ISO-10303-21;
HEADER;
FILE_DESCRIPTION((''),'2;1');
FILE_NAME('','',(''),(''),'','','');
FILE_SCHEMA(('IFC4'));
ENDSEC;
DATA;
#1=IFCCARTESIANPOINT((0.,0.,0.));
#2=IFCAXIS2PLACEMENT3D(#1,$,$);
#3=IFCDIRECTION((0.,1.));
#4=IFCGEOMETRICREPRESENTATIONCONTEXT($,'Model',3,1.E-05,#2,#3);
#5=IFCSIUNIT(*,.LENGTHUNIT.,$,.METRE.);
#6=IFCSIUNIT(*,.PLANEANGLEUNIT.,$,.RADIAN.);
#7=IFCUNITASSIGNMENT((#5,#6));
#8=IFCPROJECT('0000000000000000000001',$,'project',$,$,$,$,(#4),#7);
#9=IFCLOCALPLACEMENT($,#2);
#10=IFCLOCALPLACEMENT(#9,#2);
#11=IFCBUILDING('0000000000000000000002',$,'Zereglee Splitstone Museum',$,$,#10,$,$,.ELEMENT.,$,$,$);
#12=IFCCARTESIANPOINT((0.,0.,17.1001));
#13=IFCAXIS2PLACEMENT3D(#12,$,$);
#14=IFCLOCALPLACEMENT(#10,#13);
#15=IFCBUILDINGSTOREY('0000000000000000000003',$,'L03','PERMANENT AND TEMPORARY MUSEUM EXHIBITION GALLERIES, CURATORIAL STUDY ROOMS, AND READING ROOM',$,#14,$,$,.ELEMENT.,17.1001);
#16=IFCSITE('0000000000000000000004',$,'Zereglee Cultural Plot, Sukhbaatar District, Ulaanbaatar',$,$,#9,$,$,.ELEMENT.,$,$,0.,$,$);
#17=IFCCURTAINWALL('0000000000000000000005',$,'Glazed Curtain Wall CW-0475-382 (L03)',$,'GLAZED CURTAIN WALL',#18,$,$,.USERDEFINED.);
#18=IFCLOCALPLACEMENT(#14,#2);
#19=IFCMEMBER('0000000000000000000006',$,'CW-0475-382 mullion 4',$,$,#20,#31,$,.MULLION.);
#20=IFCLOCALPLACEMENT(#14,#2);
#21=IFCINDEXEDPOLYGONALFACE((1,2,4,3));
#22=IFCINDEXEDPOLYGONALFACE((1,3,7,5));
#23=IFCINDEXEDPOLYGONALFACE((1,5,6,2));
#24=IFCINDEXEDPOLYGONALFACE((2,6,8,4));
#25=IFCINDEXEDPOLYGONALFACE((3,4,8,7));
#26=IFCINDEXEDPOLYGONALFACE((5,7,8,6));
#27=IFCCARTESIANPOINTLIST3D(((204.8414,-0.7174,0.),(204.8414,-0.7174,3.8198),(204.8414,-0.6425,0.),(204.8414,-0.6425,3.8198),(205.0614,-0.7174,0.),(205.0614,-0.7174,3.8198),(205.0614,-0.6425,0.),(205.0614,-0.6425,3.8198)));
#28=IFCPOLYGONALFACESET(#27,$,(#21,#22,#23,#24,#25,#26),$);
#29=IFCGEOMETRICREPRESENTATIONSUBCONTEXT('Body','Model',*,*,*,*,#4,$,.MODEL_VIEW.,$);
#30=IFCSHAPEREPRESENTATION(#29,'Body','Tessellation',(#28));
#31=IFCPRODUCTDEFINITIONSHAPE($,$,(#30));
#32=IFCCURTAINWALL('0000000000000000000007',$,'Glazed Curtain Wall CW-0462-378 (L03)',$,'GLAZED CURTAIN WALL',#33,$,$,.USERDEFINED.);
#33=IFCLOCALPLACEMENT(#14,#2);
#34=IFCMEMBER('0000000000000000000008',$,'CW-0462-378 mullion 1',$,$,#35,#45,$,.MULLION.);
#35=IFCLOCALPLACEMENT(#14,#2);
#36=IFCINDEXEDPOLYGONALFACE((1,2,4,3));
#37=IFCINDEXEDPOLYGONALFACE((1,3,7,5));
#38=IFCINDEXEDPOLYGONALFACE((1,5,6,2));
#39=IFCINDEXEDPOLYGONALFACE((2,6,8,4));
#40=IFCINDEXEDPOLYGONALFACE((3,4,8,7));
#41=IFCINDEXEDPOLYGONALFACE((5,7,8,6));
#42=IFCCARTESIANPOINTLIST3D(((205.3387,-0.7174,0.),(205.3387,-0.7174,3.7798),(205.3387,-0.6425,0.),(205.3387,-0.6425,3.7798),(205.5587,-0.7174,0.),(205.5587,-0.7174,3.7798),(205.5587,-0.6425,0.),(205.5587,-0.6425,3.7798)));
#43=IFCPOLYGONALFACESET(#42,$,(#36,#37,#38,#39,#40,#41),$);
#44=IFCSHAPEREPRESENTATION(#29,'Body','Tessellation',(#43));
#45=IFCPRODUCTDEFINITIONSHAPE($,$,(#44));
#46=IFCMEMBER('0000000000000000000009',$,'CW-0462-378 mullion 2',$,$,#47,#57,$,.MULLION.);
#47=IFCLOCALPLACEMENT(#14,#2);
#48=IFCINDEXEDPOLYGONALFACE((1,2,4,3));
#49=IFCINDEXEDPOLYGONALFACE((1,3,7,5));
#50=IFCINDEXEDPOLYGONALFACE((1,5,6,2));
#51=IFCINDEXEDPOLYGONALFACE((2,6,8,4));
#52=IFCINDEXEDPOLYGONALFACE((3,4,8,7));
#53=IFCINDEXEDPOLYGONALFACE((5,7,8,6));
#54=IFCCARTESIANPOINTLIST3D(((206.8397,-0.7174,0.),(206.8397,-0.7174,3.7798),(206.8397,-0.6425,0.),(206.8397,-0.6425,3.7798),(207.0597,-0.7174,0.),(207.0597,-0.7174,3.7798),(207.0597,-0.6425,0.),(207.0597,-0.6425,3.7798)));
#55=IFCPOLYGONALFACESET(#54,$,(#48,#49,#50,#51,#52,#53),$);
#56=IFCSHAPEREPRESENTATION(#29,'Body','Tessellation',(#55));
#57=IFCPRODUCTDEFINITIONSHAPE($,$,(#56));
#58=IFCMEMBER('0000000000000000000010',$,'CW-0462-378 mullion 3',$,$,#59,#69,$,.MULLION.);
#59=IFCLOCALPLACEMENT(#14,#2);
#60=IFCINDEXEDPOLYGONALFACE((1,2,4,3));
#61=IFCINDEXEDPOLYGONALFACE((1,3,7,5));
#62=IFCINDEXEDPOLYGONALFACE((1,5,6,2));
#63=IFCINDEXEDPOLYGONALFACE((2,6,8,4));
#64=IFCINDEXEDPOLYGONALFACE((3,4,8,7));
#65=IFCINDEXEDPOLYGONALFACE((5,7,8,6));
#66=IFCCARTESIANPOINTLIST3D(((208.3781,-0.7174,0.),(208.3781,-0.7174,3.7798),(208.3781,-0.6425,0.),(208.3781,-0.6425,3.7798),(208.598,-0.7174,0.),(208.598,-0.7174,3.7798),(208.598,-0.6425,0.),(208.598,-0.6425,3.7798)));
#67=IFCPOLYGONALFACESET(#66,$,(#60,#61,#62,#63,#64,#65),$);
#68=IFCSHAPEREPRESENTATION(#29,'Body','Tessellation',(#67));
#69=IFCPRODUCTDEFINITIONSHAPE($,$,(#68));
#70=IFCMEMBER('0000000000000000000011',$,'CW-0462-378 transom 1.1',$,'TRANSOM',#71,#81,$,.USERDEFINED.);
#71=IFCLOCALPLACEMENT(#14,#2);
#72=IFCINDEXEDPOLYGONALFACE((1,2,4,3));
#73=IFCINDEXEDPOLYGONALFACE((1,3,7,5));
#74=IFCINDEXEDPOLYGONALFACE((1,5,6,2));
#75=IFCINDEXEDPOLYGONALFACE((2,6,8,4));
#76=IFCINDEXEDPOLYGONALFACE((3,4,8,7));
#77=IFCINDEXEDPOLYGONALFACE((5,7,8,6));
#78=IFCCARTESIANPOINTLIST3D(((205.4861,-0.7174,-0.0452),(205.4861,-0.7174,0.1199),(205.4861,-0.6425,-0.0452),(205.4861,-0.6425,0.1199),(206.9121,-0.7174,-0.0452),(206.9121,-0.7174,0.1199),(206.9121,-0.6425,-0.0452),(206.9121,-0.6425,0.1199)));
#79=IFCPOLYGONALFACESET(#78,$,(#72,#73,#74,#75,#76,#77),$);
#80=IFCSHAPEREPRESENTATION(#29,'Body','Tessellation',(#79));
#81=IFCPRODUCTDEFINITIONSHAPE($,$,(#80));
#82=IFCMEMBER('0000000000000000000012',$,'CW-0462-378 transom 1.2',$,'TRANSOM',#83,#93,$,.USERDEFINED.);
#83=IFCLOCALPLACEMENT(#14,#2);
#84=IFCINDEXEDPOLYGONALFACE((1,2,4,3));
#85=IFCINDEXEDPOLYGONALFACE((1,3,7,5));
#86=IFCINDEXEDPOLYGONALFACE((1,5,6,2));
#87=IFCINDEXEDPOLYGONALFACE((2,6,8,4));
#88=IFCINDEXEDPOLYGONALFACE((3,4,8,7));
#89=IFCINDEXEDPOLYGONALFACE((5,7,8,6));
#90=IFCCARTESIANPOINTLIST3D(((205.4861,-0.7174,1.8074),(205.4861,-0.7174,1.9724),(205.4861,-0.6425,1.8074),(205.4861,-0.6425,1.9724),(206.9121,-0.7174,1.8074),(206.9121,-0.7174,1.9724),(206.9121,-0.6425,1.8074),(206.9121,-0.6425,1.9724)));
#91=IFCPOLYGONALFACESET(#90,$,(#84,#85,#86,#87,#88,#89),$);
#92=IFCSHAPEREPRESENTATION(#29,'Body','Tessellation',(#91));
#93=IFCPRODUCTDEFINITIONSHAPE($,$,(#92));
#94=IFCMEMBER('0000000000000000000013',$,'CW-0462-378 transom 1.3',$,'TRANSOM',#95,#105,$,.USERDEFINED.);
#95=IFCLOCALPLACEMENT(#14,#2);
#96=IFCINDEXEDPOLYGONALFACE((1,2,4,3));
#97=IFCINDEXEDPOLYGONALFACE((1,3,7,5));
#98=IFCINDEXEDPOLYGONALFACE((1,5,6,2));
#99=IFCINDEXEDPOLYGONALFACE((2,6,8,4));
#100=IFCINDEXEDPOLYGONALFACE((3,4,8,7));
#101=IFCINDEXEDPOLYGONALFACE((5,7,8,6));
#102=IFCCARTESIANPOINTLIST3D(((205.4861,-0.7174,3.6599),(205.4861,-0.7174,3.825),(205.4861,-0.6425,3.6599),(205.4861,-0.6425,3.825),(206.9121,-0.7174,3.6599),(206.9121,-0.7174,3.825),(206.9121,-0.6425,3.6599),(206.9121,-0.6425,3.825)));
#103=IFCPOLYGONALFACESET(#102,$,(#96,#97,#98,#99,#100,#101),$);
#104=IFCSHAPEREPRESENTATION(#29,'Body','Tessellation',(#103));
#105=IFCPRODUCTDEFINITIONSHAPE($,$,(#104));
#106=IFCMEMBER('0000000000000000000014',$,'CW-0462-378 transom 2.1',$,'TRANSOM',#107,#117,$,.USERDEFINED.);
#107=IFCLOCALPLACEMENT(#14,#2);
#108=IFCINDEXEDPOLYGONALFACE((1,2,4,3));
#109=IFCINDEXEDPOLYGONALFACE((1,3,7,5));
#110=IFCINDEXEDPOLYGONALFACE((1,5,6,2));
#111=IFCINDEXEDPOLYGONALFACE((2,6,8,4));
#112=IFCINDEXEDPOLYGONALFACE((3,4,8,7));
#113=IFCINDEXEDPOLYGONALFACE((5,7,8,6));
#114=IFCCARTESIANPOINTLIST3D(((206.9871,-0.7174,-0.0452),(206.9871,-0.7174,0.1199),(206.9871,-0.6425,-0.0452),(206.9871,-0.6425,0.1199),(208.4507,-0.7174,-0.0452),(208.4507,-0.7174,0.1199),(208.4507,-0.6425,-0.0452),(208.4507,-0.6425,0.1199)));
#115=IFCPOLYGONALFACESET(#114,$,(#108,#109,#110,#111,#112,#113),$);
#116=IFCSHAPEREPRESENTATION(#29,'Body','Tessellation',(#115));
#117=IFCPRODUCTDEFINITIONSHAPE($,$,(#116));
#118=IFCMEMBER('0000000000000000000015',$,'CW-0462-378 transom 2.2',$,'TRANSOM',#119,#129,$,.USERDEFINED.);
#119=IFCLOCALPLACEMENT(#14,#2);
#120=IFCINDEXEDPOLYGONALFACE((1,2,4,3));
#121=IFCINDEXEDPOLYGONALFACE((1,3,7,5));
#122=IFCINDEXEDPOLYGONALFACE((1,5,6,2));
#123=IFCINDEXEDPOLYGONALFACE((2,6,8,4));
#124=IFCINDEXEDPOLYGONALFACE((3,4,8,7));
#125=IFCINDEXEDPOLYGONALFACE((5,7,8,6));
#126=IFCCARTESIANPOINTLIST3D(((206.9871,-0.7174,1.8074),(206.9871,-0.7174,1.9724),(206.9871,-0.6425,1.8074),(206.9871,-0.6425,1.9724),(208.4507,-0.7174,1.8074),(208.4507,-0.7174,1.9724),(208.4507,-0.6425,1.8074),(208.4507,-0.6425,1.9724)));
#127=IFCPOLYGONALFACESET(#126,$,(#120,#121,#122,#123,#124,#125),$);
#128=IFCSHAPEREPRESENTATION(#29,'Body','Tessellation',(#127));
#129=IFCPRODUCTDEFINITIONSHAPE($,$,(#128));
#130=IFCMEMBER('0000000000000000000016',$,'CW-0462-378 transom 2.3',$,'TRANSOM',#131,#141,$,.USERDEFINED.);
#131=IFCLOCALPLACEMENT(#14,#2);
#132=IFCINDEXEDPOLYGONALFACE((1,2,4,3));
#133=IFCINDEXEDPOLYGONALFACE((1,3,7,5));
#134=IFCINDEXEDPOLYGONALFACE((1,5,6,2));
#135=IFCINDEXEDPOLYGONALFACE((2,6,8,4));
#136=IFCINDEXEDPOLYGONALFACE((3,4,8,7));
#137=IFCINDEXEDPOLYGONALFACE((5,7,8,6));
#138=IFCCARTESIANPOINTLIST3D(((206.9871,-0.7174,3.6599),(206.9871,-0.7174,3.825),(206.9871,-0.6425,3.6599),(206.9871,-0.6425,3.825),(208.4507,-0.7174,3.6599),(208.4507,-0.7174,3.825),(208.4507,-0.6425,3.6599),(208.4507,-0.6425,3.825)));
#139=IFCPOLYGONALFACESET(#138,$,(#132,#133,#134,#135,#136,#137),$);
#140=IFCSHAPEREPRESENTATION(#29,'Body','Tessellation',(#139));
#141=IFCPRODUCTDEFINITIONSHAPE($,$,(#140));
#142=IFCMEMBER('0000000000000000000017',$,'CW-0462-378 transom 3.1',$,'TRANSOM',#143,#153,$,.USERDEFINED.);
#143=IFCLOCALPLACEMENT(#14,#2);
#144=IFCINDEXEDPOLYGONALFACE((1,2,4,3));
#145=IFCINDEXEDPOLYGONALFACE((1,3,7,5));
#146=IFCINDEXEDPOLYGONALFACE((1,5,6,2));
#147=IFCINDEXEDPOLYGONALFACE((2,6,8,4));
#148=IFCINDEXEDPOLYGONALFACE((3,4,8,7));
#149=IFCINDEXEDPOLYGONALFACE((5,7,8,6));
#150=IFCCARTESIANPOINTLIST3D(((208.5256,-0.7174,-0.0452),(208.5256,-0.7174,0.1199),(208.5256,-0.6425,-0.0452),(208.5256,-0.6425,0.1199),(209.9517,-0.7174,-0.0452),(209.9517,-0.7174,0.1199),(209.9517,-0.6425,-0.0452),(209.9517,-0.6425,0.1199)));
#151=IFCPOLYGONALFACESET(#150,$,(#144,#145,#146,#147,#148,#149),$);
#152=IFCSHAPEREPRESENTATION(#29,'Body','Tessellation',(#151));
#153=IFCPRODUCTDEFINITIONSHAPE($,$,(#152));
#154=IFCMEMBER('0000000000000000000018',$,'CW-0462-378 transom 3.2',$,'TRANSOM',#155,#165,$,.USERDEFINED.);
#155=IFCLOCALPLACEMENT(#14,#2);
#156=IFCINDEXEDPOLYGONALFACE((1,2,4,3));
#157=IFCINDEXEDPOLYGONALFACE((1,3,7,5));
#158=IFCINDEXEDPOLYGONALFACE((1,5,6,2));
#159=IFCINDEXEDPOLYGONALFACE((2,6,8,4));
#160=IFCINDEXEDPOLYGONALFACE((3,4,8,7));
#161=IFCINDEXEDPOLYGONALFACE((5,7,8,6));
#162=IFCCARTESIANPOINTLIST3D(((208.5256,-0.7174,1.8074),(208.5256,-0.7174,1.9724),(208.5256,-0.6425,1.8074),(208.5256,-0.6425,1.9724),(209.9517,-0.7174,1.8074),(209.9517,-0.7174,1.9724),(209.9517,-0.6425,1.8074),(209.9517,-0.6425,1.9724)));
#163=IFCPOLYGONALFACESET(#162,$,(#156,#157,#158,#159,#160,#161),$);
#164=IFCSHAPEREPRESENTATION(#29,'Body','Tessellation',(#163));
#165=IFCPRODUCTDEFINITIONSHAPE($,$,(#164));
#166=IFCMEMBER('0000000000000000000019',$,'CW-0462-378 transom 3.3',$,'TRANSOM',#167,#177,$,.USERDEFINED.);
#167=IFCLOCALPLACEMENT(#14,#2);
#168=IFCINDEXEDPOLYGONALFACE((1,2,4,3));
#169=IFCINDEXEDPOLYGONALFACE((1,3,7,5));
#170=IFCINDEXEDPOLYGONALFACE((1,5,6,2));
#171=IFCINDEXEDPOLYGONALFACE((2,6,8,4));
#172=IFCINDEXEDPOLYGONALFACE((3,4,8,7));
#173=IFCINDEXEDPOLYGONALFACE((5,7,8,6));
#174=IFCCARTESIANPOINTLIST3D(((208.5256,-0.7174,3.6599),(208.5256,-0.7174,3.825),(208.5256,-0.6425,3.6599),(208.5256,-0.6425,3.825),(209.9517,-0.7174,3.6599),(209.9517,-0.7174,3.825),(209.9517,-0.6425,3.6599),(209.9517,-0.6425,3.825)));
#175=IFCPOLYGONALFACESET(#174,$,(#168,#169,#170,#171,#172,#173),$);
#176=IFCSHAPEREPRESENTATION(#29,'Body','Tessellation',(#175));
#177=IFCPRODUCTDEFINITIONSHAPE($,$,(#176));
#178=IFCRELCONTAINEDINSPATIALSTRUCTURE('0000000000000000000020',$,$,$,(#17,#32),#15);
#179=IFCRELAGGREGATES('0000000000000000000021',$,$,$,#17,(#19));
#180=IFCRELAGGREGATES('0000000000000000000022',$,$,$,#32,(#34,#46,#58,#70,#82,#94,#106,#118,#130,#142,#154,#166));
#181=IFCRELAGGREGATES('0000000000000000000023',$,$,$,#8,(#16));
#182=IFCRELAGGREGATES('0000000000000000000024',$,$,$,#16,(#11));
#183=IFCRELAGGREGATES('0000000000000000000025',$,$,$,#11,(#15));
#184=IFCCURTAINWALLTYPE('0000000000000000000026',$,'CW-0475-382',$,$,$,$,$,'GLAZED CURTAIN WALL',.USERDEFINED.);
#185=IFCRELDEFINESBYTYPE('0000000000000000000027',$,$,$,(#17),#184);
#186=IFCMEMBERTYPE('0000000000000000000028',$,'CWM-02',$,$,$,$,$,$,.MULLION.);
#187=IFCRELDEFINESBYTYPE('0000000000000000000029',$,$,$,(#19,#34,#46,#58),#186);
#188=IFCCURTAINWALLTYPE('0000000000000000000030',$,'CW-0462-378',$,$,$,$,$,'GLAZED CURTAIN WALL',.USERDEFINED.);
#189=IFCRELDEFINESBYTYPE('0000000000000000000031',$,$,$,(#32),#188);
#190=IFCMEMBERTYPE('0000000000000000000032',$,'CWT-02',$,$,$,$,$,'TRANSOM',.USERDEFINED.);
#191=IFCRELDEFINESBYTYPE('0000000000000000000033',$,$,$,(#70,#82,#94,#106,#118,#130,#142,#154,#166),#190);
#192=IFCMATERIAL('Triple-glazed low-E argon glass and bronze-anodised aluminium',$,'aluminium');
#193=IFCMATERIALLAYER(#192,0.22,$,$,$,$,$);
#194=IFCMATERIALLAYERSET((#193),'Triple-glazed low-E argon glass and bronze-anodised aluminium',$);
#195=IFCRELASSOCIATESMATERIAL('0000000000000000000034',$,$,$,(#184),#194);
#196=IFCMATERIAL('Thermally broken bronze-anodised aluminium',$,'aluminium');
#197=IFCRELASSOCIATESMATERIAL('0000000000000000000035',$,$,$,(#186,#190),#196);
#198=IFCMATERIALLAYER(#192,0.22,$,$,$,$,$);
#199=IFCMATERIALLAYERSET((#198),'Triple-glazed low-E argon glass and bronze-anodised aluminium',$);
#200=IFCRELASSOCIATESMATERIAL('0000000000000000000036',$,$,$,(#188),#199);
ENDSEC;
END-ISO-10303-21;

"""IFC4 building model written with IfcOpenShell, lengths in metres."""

from ifc_helpers import new_model, si_unit, direction, frame, origin, origin_2d, place, context, subcontext, project, spatial, rectangle, extrude, material, layer, layer_set, material_profile, profile_set, type_object, element, aggregate, save


model = new_model("IFC4")

# Units and contexts
model_context = context("Model", 3, precision=1e-05, world=origin(), true_north=direction((0.0, 1.0)))
body_context = subcontext(model_context, "Body", "Model", "MODEL_VIEW")
ifc_project = project(units=[si_unit("LENGTHUNIT", "METRE"), si_unit("PLANEANGLEUNIT", "RADIAN")], contexts=[model_context])

# Site, building, storey
site_placement = place(None, origin())
site = spatial("IfcSite", under=ifc_project, at=site_placement, Name="Zereglee Cultural Plot, Sukhbaatar District, Ulaanbaatar", CompositionType="ELEMENT", RefElevation=0.0)
building_placement = place(site_placement, origin())
building = spatial("IfcBuilding", under=site, at=building_placement, Name="Zereglee Splitstone Museum", CompositionType="ELEMENT")
storey_placement = place(building_placement, frame((0.0, 0.0, 17.1001)))
storey = spatial("IfcBuildingStorey", under=building, at=storey_placement, Name="L03", Description="PERMANENT AND TEMPORARY MUSEUM EXHIBITION GALLERIES, CURATORIAL STUDY ROOMS, AND READING ROOM", CompositionType="ELEMENT", Elevation=17.1001)

# Curtain wall, member
ifc_material_1 = material(Name="Triple-glazed low-E argon glass and bronze-anodised aluminium", Category="aluminium")
ifc_layer_1 = layer(ifc_material_1, 0.22)
ifc_layer_set_1 = layer_set([ifc_layer_1], Name="Triple-glazed low-E argon glass and bronze-anodised aluminium")
curtain_wall_type_1 = type_object("IfcCurtainWallType", Name="CW-0475-382", ElementType="GLAZED CURTAIN WALL", PredefinedType="USERDEFINED", material=ifc_layer_set_1)
curtain_wall_1_placement = place(storey_placement, origin())
curtain_wall_1 = element("IfcCurtainWall", 1, at=curtain_wall_1_placement, inside=storey, type_object=curtain_wall_type_1, Name="Glazed Curtain Wall CW-0475-382 (L03)", ObjectType="GLAZED CURTAIN WALL", PredefinedType="USERDEFINED")
ifc_material_2 = material(Name="Thermally broken bronze-anodised aluminium", Category="aluminium")
ifc_material_profile_1 = material_profile(ifc_material_2, rectangle(XDim=0.075, YDim=0.22, at=origin_2d()), Name="CW MULL 75x220")
ifc_profile_set_1 = profile_set([ifc_material_profile_1], Name="Thermally broken bronze-anodised aluminium")
member_type_1 = type_object("IfcMemberType", Name="CWM-02", PredefinedType="MULLION", material=ifc_profile_set_1)
member_1_placement = place(storey_placement, frame((204.9514, -0.6799, 0.0), z_axis=(0.0, 0.0, 1.0), x_axis=(0.0, 1.0, 0.0)))
member_1 = element("IfcMember", 2, at=member_1_placement, type_object=member_type_1, Name="CW-0475-382 mullion 4", PredefinedType="MULLION", context=body_context, shape_type="SweptSolid", body=[
    extrude(rectangle(XDim=0.075, YDim=0.22, at=origin_2d()), origin(), (0.0, 0.0, 1.0), 3.8198),
])
aggregate(curtain_wall_1, [member_1])

# Curtain wall, members
ifc_layer_2 = layer(ifc_material_1, 0.22)
ifc_layer_set_2 = layer_set([ifc_layer_2], Name="Triple-glazed low-E argon glass and bronze-anodised aluminium")
curtain_wall_type_2 = type_object("IfcCurtainWallType", Name="CW-0462-378", ElementType="GLAZED CURTAIN WALL", PredefinedType="USERDEFINED", material=ifc_layer_set_2)
curtain_wall_2_placement = place(storey_placement, origin())
curtain_wall_2 = element("IfcCurtainWall", 3, at=curtain_wall_2_placement, inside=storey, type_object=curtain_wall_type_2, Name="Glazed Curtain Wall CW-0462-378 (L03)", ObjectType="GLAZED CURTAIN WALL", PredefinedType="USERDEFINED")
member_2_placement = place(storey_placement, frame((205.4487, -0.6799, 0.0), z_axis=(0.0, 0.0, 1.0), x_axis=(0.0, 1.0, 0.0)))
member_2 = element("IfcMember", 4, at=member_2_placement, type_object=member_type_1, Name="CW-0462-378 mullion 1", PredefinedType="MULLION", context=body_context, shape_type="SweptSolid", body=[
    extrude(rectangle(XDim=0.075, YDim=0.22, at=origin_2d()), origin(), (0.0, 0.0, 1.0), 3.7798),
])
member_3_placement = place(storey_placement, frame((206.9497, -0.6799, 0.0), z_axis=(0.0, 0.0, 1.0), x_axis=(0.0, 1.0, 0.0)))
member_3 = element("IfcMember", 5, at=member_3_placement, type_object=member_type_1, Name="CW-0462-378 mullion 2", PredefinedType="MULLION", context=body_context, shape_type="SweptSolid", body=[
    extrude(rectangle(XDim=0.075, YDim=0.22, at=origin_2d()), origin(), (0.0, 0.0, 1.0), 3.7798),
])
member_4_placement = place(storey_placement, frame((208.488, -0.6799, 0.0), z_axis=(0.0, 0.0, 1.0), x_axis=(0.0, 1.0, 0.0)))
member_4 = element("IfcMember", 6, at=member_4_placement, type_object=member_type_1, Name="CW-0462-378 mullion 3", PredefinedType="MULLION", context=body_context, shape_type="SweptSolid", body=[
    extrude(rectangle(XDim=0.075, YDim=0.22, at=origin_2d()), origin(), (0.0, 0.0, 1.0), 3.7798),
])
ifc_material_profile_2 = material_profile(ifc_material_2, rectangle(XDim=0.075, YDim=0.165, at=origin_2d()), Name="CW TRAN 75x165")
ifc_profile_set_2 = profile_set([ifc_material_profile_2], Name="Thermally broken bronze-anodised aluminium")
member_type_2 = type_object("IfcMemberType", Name="CWT-02", ElementType="TRANSOM", PredefinedType="USERDEFINED", material=ifc_profile_set_2)
member_5_placement = place(storey_placement, frame((205.4861, -0.6799, 0.0374), z_axis=(1.0, 0.0, 0.0), x_axis=(0.0, 1.0, 0.0)))
member_5 = element("IfcMember", 7, at=member_5_placement, type_object=member_type_2, Name="CW-0462-378 transom 1.1", ObjectType="TRANSOM", PredefinedType="USERDEFINED", context=body_context, shape_type="SweptSolid", body=[
    extrude(rectangle(XDim=0.075, YDim=0.165, at=origin_2d()), origin(), (0.0, 0.0, 1.0), 1.426),
])
member_6_placement = place(storey_placement, frame((205.4861, -0.6799, 1.8899), z_axis=(1.0, 0.0, 0.0), x_axis=(0.0, 1.0, 0.0)))
member_6 = element("IfcMember", 8, at=member_6_placement, type_object=member_type_2, Name="CW-0462-378 transom 1.2", ObjectType="TRANSOM", PredefinedType="USERDEFINED", context=body_context, shape_type="SweptSolid", body=[
    extrude(rectangle(XDim=0.075, YDim=0.165, at=origin_2d()), origin(), (0.0, 0.0, 1.0), 1.426),
])
member_7_placement = place(storey_placement, frame((205.4861, -0.6799, 3.7424), z_axis=(1.0, 0.0, 0.0), x_axis=(0.0, 1.0, 0.0)))
member_7 = element("IfcMember", 9, at=member_7_placement, type_object=member_type_2, Name="CW-0462-378 transom 1.3", ObjectType="TRANSOM", PredefinedType="USERDEFINED", context=body_context, shape_type="SweptSolid", body=[
    extrude(rectangle(XDim=0.075, YDim=0.165, at=origin_2d()), origin(), (0.0, 0.0, 1.0), 1.426),
])
member_8_placement = place(storey_placement, frame((206.9871, -0.6799, 0.0374), z_axis=(1.0, 0.0, 0.0), x_axis=(0.0, 1.0, 0.0)))
member_8 = element("IfcMember", 10, at=member_8_placement, type_object=member_type_2, Name="CW-0462-378 transom 2.1", ObjectType="TRANSOM", PredefinedType="USERDEFINED", context=body_context, shape_type="SweptSolid", body=[
    extrude(rectangle(XDim=0.075, YDim=0.165, at=origin_2d()), origin(), (0.0, 0.0, 1.0), 1.4636),
])
member_9_placement = place(storey_placement, frame((206.9871, -0.6799, 1.8899), z_axis=(1.0, 0.0, 0.0), x_axis=(0.0, 1.0, 0.0)))
member_9 = element("IfcMember", 11, at=member_9_placement, type_object=member_type_2, Name="CW-0462-378 transom 2.2", ObjectType="TRANSOM", PredefinedType="USERDEFINED", context=body_context, shape_type="SweptSolid", body=[
    extrude(rectangle(XDim=0.075, YDim=0.165, at=origin_2d()), origin(), (0.0, 0.0, 1.0), 1.4636),
])
member_10_placement = place(storey_placement, frame((206.9871, -0.6799, 3.7424), z_axis=(1.0, 0.0, 0.0), x_axis=(0.0, 1.0, 0.0)))
member_10 = element("IfcMember", 12, at=member_10_placement, type_object=member_type_2, Name="CW-0462-378 transom 2.3", ObjectType="TRANSOM", PredefinedType="USERDEFINED", context=body_context, shape_type="SweptSolid", body=[
    extrude(rectangle(XDim=0.075, YDim=0.165, at=origin_2d()), origin(), (0.0, 0.0, 1.0), 1.4636),
])
member_11_placement = place(storey_placement, frame((208.5256, -0.6799, 0.0374), z_axis=(1.0, 0.0, 0.0), x_axis=(0.0, 1.0, 0.0)))
member_11 = element("IfcMember", 13, at=member_11_placement, type_object=member_type_2, Name="CW-0462-378 transom 3.1", ObjectType="TRANSOM", PredefinedType="USERDEFINED", context=body_context, shape_type="SweptSolid", body=[
    extrude(rectangle(XDim=0.075, YDim=0.165, at=origin_2d()), origin(), (0.0, 0.0, 1.0), 1.426),
])
member_12_placement = place(storey_placement, frame((208.5256, -0.6799, 1.8899), z_axis=(1.0, 0.0, 0.0), x_axis=(0.0, 1.0, 0.0)))
member_12 = element("IfcMember", 14, at=member_12_placement, type_object=member_type_2, Name="CW-0462-378 transom 3.2", ObjectType="TRANSOM", PredefinedType="USERDEFINED", context=body_context, shape_type="SweptSolid", body=[
    extrude(rectangle(XDim=0.075, YDim=0.165, at=origin_2d()), origin(), (0.0, 0.0, 1.0), 1.426),
])
member_13_placement = place(storey_placement, frame((208.5256, -0.6799, 3.7424), z_axis=(1.0, 0.0, 0.0), x_axis=(0.0, 1.0, 0.0)))
member_13 = element("IfcMember", 15, at=member_13_placement, type_object=member_type_2, Name="CW-0462-378 transom 3.3", ObjectType="TRANSOM", PredefinedType="USERDEFINED", context=body_context, shape_type="SweptSolid", body=[
    extrude(rectangle(XDim=0.075, YDim=0.165, at=origin_2d()), origin(), (0.0, 0.0, 1.0), 1.426),
])

aggregate(curtain_wall_2, [member_2, member_3, member_4, member_5, member_6, member_7, member_8, member_9, member_10, member_11, member_12, member_13])

save(model, "model.ifc")
